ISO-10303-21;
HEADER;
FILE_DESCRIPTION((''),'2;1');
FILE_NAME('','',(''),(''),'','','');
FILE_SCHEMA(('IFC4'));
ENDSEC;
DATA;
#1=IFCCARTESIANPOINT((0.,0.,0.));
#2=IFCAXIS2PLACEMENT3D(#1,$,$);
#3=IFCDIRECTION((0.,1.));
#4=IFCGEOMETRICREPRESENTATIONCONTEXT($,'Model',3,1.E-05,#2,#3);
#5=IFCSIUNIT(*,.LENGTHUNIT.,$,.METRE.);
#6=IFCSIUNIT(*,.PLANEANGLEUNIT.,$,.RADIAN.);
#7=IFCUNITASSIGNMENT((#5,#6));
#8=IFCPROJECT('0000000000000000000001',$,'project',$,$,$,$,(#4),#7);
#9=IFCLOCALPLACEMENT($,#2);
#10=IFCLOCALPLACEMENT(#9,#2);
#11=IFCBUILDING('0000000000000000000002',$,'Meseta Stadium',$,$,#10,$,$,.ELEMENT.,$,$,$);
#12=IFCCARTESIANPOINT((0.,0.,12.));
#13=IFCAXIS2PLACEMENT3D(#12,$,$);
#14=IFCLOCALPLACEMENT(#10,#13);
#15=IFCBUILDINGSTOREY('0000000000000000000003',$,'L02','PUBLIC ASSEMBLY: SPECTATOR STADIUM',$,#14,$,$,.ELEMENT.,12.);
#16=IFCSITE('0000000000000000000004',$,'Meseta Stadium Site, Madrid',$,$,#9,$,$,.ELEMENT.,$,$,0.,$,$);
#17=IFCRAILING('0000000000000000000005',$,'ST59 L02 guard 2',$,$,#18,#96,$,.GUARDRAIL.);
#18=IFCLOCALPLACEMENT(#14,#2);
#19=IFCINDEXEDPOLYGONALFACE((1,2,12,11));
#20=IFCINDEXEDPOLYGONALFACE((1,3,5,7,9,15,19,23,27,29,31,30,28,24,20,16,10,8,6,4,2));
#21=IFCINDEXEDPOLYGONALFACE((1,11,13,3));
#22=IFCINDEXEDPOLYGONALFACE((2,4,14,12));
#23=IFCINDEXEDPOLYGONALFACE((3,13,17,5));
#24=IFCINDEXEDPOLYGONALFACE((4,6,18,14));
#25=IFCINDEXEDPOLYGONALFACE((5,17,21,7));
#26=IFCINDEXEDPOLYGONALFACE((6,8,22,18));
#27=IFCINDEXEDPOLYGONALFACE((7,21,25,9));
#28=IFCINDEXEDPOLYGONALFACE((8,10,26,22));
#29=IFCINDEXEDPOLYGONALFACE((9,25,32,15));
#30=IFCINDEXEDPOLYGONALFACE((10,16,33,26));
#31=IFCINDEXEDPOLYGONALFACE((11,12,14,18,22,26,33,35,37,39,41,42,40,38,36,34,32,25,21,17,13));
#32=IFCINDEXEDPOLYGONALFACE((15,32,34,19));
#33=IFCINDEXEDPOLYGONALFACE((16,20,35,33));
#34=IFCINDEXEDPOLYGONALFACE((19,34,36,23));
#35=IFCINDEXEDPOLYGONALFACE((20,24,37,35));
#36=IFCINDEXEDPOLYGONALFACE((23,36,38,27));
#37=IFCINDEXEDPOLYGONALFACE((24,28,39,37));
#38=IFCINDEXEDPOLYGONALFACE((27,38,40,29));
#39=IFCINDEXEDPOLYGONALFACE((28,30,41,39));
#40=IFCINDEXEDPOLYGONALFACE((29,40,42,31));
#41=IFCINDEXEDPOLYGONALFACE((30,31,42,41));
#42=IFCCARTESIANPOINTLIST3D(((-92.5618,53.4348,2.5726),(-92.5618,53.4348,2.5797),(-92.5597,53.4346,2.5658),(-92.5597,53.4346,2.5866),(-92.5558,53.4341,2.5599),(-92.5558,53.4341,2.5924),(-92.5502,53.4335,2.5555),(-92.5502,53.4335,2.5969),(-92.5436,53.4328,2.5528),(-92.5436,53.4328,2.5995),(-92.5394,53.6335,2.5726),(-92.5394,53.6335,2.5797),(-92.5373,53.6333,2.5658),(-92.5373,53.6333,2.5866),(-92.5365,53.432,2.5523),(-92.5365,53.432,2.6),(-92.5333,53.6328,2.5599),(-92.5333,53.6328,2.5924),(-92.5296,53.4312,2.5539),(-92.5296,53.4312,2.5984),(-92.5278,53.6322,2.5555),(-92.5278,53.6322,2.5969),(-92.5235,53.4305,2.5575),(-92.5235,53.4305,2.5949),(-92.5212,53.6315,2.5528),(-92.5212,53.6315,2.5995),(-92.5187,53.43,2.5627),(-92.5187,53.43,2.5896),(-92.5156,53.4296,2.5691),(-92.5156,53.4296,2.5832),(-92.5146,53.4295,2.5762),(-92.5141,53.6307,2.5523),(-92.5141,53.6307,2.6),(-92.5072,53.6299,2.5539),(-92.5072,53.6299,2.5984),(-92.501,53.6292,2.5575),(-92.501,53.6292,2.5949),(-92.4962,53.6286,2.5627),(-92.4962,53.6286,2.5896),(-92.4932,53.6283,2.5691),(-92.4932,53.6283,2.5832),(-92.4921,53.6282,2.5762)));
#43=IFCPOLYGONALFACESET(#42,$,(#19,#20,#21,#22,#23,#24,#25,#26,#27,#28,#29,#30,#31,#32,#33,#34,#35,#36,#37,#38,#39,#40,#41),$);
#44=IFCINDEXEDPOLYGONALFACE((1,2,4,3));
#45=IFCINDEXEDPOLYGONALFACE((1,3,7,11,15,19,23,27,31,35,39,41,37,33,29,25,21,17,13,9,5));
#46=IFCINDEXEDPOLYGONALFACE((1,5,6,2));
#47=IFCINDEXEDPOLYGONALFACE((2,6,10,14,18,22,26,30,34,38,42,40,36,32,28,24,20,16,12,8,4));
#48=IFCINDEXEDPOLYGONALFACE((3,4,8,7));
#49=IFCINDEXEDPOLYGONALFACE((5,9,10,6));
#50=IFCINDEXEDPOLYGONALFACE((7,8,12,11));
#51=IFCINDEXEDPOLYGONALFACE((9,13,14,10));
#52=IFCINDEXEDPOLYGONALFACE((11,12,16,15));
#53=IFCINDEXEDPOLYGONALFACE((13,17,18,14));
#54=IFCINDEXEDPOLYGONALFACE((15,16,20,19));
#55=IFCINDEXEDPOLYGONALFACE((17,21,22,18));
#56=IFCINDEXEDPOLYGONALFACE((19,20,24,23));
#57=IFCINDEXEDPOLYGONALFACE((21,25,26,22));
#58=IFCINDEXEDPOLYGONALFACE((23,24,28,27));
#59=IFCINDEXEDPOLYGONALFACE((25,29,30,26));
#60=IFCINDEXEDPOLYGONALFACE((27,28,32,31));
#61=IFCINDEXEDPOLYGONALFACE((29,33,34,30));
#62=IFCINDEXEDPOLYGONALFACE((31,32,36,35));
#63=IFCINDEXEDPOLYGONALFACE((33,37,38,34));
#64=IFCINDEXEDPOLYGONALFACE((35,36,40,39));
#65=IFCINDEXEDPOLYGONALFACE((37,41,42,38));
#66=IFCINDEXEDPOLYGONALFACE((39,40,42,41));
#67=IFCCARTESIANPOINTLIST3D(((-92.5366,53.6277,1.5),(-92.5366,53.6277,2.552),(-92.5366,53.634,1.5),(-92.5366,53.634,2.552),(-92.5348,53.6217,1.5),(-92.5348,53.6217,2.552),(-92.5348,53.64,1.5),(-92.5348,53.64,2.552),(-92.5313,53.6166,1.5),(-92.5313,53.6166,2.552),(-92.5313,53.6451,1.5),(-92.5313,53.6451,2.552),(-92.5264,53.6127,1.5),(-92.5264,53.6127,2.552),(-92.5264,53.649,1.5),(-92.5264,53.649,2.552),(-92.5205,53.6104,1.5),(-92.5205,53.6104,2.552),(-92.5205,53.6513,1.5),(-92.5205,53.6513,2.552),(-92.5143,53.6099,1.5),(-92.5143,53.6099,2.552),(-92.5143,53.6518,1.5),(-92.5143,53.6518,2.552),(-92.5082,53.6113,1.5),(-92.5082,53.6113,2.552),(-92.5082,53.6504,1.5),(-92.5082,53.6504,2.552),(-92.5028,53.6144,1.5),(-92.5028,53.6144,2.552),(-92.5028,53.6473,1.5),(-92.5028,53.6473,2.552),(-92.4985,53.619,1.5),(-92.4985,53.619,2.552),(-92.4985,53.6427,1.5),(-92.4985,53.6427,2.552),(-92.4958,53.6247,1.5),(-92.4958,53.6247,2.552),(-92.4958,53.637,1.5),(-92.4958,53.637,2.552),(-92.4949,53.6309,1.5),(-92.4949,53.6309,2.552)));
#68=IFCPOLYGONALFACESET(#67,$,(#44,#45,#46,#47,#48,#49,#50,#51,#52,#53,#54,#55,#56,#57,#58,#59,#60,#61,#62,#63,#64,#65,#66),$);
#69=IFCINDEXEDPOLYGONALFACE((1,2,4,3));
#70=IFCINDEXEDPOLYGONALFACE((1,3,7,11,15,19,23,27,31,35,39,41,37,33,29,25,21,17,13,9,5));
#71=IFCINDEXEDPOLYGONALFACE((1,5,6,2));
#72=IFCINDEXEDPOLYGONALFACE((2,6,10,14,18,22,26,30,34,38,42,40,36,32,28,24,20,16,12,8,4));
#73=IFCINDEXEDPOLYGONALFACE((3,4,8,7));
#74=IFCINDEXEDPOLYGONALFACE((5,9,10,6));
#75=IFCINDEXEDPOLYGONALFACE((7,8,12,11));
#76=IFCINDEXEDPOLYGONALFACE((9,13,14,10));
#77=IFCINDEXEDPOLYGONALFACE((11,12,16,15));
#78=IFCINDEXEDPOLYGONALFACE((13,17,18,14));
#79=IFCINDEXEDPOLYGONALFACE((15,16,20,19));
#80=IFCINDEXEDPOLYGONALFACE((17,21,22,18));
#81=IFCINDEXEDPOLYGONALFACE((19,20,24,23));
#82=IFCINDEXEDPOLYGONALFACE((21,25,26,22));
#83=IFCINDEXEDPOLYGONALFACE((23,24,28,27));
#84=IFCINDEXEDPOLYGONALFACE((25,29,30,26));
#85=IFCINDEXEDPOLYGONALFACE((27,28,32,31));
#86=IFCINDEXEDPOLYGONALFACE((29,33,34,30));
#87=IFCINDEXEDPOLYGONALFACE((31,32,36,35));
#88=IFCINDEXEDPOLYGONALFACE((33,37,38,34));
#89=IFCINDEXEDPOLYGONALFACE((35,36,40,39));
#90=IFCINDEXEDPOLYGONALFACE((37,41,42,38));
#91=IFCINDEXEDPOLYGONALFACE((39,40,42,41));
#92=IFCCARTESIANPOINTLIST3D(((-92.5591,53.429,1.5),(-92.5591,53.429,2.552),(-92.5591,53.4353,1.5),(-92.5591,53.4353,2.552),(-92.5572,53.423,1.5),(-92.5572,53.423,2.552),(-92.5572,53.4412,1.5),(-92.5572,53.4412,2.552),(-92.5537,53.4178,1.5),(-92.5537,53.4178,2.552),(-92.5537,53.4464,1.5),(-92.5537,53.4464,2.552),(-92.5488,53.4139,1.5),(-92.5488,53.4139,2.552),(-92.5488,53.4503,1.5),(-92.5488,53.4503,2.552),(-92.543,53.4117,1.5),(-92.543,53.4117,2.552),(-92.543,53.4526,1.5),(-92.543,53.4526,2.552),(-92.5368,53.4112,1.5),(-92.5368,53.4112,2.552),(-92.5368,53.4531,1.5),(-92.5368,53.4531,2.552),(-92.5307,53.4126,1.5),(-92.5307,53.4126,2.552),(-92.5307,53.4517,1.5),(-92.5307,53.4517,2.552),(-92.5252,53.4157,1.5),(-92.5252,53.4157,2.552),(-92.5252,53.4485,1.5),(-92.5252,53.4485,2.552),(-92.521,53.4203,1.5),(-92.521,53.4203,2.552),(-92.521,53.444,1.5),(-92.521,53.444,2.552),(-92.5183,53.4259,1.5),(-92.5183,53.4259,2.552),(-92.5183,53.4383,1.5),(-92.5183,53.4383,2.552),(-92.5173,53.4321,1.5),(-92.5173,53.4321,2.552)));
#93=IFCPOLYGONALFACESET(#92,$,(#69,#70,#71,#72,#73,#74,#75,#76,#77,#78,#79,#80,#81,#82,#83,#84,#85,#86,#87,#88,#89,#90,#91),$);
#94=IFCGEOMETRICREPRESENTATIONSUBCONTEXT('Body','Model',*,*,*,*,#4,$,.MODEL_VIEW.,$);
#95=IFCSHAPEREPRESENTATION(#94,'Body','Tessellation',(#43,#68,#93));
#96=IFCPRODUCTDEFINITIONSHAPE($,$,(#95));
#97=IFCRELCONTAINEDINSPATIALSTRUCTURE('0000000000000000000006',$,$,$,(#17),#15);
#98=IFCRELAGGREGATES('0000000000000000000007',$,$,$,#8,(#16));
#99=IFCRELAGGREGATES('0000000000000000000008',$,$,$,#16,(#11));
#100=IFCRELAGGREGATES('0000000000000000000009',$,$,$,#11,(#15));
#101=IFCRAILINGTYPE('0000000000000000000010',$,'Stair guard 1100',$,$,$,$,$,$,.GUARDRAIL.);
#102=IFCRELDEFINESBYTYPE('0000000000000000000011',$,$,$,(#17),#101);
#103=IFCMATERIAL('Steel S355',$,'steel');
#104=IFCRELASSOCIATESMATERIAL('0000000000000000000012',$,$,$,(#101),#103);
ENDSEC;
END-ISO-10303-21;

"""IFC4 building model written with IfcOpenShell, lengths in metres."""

from ifc_helpers import new_model, si_unit, direction, frame, origin, origin_2d, place, context, subcontext, project, spatial, circle, extrude, material, type_object, element, save


model = new_model("IFC4")

# Units and contexts
model_context = context("Model", 3, precision=1e-05, world=origin(), true_north=direction((0.0, 1.0)))
body_context = subcontext(model_context, "Body", "Model", "MODEL_VIEW")
ifc_project = project(units=[si_unit("LENGTHUNIT", "METRE"), si_unit("PLANEANGLEUNIT", "RADIAN")], contexts=[model_context])

# Site, building, storey
site_placement = place(None, origin())
site = spatial("IfcSite", under=ifc_project, at=site_placement, Name="Meseta Stadium Site, Madrid", CompositionType="ELEMENT", RefElevation=0.0)
building_placement = place(site_placement, origin())
building = spatial("IfcBuilding", under=site, at=building_placement, Name="Meseta Stadium", CompositionType="ELEMENT")
storey_placement = place(building_placement, frame((0.0, 0.0, 12.0)))
storey = spatial("IfcBuildingStorey", under=building, at=storey_placement, Name="L02", Description="PUBLIC ASSEMBLY: SPECTATOR STADIUM", CompositionType="ELEMENT", Elevation=12.0)

# Railing
ifc_material_1 = material(Name="Steel S355", Category="steel")
railing_type_1 = type_object("IfcRailingType", Name="Stair guard 1100", PredefinedType="GUARDRAIL", material=ifc_material_1)
railing_1_placement = place(storey_placement, frame((-92.5159, 53.6309, 1.5)))
element("IfcRailing", 1, at=railing_1_placement, inside=storey, type_object=railing_type_1, Name="ST59 L02 guard 2", PredefinedType="GUARDRAIL", context=body_context, shape_type="SweptSolid", body=[
    extrude(circle(Radius=0.0239, at=origin_2d()), frame((0.0, 0.0, 1.0762), z_axis=(-0.112307, -0.993674, 0.0), x_axis=(0.993674, -0.112307, 0.0)), (0.0, 0.0, 1.0), 0.2),
    extrude(circle(Radius=0.021, at=origin_2d()), origin(), (0.0, 0.0, 1.0), 1.052),
    extrude(circle(Radius=0.021, at=origin_2d()), frame((-0.0225, -0.1987, 0.0)), (0.0, 0.0, 1.0), 1.052),
])

save(model, "model.ifc")
